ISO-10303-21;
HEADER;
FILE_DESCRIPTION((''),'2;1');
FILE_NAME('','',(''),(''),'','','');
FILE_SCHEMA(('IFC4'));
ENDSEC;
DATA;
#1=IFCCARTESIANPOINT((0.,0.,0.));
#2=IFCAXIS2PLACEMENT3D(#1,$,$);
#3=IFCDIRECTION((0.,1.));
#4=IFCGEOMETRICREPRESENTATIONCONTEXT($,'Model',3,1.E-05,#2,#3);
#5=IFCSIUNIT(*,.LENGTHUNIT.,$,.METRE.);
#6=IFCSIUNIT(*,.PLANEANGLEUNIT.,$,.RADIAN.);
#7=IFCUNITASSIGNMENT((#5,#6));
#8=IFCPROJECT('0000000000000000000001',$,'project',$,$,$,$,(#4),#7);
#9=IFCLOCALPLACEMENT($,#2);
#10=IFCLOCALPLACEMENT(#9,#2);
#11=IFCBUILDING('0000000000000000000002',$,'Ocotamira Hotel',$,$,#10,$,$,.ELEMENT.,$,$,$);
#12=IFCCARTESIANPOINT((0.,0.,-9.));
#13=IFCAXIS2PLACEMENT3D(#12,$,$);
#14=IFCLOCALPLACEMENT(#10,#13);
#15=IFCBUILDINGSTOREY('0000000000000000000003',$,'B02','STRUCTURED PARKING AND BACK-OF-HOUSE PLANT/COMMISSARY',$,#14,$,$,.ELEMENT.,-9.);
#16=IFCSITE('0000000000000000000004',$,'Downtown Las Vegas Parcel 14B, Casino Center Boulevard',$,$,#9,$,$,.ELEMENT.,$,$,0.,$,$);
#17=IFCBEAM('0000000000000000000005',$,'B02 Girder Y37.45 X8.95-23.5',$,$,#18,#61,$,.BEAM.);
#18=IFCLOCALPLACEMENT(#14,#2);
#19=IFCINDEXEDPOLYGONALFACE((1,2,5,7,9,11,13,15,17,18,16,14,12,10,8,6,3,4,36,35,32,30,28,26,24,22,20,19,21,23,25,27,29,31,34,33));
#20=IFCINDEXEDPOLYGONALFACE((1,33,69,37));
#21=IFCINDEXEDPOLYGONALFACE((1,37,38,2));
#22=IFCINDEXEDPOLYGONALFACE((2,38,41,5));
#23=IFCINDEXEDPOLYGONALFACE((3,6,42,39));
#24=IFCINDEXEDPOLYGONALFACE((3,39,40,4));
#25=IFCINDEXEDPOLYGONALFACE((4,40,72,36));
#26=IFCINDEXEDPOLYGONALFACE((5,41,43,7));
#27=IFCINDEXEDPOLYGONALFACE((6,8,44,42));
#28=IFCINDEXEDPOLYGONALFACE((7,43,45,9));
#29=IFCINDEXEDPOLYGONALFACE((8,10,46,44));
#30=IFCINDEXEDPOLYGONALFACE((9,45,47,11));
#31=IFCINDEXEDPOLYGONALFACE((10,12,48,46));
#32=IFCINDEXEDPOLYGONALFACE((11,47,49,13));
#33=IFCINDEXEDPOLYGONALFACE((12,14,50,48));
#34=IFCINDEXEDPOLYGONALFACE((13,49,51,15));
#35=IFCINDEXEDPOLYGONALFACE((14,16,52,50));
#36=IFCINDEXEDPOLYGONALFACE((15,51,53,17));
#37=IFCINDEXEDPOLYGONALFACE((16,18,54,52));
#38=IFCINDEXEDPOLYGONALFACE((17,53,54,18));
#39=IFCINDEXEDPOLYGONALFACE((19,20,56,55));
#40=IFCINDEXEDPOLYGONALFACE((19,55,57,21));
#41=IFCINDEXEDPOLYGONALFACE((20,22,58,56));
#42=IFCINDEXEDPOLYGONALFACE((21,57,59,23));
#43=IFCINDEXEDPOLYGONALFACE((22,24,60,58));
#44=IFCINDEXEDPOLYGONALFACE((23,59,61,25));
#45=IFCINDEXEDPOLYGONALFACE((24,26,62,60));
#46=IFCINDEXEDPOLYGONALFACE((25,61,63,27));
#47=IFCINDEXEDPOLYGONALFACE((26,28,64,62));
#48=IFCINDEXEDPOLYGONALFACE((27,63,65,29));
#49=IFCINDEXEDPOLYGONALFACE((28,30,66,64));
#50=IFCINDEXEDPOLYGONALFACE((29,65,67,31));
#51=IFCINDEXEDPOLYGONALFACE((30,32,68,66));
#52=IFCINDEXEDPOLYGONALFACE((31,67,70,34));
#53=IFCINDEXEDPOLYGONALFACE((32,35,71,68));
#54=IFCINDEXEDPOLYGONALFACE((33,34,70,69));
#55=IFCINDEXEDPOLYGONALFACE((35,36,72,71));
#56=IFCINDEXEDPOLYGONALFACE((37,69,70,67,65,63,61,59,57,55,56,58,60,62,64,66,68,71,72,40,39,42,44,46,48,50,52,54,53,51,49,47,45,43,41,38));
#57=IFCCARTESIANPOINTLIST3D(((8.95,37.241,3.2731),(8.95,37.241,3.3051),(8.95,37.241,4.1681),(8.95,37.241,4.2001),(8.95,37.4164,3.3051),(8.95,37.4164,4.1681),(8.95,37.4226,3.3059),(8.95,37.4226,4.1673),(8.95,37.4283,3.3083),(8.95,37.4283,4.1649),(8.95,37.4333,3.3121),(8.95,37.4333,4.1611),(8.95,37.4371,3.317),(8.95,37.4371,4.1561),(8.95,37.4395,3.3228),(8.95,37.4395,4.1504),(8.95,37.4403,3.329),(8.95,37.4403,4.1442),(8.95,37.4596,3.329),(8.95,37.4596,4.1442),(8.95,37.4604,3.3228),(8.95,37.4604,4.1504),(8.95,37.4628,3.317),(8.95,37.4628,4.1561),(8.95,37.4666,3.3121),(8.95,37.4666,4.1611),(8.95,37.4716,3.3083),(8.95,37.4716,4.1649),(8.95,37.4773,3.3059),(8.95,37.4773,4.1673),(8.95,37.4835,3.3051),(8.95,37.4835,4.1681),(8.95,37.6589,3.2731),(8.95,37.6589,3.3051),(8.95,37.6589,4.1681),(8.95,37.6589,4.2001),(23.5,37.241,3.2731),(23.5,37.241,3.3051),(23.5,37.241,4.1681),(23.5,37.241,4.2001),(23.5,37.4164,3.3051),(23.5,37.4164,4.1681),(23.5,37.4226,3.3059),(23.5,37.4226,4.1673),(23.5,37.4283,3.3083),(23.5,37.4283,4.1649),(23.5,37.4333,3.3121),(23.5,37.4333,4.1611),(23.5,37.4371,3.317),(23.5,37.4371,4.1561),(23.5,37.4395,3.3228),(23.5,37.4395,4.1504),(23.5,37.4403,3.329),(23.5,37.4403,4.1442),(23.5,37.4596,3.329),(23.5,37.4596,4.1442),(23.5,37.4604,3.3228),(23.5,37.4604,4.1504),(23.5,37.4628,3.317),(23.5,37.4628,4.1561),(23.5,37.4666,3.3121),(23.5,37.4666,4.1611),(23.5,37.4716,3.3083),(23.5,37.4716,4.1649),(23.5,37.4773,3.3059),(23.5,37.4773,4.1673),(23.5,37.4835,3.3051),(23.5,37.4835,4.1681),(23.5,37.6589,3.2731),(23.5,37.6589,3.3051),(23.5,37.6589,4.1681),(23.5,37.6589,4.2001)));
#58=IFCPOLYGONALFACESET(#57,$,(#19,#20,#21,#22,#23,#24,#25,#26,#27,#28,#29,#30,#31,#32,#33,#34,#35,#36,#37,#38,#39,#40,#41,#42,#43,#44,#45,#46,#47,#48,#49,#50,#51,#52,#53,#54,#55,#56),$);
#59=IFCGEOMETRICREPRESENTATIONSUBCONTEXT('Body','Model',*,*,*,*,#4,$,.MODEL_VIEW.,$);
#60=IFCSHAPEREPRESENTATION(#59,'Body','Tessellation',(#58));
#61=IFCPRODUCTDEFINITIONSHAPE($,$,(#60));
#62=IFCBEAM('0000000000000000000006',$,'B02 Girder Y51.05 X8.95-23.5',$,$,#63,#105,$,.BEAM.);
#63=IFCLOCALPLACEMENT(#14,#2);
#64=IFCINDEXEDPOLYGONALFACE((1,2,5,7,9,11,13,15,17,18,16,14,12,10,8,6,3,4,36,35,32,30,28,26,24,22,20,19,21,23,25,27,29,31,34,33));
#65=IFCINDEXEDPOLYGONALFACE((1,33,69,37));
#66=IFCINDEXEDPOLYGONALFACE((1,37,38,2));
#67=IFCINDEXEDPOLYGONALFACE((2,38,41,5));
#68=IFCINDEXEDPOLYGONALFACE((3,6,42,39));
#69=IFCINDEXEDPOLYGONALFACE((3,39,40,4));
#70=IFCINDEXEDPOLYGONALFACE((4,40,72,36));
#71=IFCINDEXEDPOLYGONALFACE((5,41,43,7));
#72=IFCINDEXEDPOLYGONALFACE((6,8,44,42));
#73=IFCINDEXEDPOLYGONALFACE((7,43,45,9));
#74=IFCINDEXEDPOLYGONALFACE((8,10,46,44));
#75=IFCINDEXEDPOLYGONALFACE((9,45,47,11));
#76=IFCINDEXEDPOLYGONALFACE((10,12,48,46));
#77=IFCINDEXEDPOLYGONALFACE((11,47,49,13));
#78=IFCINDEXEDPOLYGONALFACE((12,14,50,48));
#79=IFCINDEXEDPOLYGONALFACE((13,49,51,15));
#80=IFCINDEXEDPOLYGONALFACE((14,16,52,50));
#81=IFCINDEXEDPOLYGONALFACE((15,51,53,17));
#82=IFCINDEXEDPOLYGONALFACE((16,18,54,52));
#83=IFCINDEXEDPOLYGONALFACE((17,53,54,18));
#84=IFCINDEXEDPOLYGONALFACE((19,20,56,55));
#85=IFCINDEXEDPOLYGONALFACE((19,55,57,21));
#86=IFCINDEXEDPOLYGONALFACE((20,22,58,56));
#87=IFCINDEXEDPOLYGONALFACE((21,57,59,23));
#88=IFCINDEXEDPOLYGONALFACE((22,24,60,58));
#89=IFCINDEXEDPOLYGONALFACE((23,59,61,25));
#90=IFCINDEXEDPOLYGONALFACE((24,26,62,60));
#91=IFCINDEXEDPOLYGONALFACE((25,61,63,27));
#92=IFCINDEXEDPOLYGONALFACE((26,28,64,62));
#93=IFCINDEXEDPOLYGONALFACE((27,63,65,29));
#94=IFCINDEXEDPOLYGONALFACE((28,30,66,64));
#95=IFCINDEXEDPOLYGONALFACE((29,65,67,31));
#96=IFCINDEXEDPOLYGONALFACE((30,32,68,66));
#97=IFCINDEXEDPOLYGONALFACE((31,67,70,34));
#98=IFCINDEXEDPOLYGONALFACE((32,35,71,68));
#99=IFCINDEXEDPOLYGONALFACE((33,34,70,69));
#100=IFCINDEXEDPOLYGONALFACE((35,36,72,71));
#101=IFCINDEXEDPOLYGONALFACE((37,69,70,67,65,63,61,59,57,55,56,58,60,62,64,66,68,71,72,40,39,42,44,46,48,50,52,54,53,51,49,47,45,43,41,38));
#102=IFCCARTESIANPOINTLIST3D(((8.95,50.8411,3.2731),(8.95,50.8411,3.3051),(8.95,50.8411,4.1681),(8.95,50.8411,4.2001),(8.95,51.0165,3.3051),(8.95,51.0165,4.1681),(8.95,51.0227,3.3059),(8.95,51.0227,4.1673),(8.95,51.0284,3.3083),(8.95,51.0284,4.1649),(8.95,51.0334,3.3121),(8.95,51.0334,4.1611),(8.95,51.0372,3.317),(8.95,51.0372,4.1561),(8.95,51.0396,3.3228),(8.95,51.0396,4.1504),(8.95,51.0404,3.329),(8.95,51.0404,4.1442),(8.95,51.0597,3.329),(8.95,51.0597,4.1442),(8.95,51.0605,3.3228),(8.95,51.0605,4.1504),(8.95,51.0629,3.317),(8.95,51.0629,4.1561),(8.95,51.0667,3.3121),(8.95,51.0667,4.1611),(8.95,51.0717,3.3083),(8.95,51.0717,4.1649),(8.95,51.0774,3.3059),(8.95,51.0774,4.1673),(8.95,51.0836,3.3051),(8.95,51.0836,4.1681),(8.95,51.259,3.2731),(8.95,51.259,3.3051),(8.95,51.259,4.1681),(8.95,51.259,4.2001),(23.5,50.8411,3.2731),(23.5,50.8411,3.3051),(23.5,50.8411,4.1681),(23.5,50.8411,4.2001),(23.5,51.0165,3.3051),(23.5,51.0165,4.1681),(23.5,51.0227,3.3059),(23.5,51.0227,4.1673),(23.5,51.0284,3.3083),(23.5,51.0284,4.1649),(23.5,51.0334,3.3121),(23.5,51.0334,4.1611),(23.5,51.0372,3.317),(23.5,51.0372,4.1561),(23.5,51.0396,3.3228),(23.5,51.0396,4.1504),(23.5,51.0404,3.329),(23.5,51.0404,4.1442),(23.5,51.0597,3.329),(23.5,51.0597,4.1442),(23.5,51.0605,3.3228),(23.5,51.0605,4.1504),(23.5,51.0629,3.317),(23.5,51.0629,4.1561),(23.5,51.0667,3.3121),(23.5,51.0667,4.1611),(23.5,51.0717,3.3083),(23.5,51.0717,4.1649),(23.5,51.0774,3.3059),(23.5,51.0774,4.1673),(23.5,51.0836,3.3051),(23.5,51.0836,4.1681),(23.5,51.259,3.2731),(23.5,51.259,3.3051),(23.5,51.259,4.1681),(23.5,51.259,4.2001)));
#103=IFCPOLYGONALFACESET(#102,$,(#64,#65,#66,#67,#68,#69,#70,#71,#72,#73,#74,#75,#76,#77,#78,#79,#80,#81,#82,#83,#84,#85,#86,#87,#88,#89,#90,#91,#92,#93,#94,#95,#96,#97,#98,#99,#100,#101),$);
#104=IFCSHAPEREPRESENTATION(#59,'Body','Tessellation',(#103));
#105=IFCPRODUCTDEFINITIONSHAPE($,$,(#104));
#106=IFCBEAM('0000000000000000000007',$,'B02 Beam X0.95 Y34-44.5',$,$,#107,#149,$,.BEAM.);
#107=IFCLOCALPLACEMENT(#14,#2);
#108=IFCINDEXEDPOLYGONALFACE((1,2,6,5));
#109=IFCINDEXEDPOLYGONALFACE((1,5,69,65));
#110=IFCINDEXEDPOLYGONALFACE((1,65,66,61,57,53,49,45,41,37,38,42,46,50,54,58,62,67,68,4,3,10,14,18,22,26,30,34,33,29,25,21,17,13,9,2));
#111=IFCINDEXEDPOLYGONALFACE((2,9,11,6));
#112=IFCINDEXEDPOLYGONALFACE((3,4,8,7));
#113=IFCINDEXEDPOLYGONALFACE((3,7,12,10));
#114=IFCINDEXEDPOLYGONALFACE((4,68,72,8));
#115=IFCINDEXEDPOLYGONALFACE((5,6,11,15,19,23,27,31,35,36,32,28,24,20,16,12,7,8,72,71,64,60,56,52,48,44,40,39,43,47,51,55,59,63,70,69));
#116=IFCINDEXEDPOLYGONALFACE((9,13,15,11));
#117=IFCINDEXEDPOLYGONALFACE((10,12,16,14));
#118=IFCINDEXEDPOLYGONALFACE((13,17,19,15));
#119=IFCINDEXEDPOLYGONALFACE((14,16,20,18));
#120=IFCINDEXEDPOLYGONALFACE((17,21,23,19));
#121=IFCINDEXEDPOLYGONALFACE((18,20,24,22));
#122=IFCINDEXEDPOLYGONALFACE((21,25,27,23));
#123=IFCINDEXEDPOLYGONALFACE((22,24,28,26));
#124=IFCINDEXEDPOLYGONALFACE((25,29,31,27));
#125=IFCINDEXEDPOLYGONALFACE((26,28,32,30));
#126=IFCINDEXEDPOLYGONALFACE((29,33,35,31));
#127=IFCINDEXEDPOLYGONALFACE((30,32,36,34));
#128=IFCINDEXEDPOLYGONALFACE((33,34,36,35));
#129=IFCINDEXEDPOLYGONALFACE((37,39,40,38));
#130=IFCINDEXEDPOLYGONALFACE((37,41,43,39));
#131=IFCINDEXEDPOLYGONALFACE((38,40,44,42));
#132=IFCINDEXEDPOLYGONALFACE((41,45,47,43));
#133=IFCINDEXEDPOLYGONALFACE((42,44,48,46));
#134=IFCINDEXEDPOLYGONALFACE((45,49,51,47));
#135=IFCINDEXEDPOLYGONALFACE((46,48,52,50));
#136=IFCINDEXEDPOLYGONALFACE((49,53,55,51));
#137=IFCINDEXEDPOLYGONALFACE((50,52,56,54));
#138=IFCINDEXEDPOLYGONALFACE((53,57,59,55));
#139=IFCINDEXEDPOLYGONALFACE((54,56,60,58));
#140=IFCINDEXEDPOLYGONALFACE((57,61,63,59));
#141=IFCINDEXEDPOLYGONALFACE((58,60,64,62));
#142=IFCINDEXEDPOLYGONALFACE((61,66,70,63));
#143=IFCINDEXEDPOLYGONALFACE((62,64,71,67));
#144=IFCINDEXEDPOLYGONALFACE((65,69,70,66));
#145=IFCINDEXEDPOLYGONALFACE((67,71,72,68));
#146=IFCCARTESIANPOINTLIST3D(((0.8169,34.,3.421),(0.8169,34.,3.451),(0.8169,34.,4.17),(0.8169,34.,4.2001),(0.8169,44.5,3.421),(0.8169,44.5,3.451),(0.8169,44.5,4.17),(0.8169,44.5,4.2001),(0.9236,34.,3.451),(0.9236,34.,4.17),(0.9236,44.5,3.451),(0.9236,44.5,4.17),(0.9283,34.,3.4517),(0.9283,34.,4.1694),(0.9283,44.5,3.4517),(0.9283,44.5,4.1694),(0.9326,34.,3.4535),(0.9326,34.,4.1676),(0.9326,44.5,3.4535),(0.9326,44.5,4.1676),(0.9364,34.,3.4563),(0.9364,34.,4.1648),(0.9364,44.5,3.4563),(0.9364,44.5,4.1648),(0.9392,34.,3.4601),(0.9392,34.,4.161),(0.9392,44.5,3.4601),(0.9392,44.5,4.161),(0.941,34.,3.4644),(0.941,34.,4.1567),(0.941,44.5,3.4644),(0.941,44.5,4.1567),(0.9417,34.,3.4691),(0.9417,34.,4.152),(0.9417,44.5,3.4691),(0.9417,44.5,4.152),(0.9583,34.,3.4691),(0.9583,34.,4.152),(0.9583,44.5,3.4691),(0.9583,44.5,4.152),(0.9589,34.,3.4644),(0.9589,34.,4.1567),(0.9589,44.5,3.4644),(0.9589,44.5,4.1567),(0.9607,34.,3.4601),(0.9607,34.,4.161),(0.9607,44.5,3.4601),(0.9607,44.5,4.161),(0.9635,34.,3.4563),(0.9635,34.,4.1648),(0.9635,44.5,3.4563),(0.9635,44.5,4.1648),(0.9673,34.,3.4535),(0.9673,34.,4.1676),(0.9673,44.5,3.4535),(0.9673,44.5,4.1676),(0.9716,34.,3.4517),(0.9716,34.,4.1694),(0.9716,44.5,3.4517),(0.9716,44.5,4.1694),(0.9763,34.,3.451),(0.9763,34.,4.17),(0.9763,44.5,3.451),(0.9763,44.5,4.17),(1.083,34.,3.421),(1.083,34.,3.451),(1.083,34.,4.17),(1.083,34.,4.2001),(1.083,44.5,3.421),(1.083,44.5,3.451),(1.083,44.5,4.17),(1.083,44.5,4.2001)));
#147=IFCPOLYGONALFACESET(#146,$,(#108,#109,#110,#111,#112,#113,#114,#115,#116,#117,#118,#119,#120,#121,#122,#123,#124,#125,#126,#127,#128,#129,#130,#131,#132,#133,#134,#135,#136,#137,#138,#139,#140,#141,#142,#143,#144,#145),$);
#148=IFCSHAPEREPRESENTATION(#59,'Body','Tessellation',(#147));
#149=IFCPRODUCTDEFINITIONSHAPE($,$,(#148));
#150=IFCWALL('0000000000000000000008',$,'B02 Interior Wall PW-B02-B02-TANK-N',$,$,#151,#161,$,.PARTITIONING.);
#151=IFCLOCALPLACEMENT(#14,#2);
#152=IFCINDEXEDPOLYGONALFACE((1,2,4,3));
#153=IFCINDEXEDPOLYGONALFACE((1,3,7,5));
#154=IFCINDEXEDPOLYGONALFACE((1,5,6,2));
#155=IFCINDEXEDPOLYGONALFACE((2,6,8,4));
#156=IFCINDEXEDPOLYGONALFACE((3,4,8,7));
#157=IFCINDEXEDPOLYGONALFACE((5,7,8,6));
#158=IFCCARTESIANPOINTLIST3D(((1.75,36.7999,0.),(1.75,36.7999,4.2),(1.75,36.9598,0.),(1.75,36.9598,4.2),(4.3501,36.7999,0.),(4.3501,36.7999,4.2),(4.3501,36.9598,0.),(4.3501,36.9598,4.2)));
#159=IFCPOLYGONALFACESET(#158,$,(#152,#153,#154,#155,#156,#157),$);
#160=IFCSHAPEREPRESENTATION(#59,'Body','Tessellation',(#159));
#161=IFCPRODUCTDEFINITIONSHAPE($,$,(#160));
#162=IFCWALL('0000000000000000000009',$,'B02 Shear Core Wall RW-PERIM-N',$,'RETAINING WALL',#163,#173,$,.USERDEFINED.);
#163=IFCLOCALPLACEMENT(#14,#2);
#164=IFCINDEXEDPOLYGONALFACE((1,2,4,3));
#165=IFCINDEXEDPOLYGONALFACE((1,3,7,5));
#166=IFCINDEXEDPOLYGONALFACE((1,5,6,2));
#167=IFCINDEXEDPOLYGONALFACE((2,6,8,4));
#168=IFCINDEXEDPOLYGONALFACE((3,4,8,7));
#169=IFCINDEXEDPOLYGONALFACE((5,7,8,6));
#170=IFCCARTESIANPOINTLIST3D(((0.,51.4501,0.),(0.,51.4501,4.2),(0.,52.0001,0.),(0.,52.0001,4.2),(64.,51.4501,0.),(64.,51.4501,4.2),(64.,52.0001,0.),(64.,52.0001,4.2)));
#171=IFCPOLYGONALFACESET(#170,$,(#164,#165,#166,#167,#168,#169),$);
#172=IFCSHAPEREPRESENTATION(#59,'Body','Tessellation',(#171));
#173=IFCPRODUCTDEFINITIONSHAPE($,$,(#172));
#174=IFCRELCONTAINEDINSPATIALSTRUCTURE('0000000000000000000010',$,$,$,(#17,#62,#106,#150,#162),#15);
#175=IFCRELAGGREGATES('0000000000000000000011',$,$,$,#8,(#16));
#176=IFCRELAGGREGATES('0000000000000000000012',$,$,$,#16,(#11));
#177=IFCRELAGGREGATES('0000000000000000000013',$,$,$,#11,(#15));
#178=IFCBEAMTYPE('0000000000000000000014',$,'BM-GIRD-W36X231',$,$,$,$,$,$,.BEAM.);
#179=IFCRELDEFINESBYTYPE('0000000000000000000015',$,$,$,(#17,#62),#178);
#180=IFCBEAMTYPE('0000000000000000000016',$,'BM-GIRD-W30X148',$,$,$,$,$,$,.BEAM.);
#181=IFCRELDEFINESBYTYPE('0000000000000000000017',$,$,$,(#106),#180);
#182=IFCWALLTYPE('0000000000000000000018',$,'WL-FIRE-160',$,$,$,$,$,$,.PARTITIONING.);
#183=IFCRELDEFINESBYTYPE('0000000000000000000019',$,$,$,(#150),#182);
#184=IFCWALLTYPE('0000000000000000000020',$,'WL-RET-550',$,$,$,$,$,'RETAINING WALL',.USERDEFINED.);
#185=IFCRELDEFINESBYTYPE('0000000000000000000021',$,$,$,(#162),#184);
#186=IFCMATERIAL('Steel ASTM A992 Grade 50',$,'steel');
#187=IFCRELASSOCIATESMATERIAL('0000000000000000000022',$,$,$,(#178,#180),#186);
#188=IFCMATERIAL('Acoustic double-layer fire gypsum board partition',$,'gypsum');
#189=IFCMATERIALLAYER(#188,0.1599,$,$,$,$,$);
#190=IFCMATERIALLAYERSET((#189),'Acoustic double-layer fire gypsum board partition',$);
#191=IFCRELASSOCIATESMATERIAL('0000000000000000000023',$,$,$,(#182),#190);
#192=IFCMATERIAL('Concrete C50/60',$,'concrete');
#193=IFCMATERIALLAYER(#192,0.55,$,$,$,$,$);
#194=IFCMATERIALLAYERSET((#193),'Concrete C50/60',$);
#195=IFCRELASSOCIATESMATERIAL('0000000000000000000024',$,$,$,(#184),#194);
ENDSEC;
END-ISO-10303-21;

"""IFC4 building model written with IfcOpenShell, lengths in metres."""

from ifc_helpers import new_model, si_unit, direction, frame, frame_2d, origin, origin_2d, place, context, subcontext, project, spatial, rectangle, i_section, extrude, source, transform, mapped, material, layer, layer_set, material_profile, profile_set, type_object, element, save


model = new_model("IFC4")

# Units and contexts
model_context = context("Model", 3, precision=1e-05, world=origin(), true_north=direction((0.0, 1.0)))
body_context = subcontext(model_context, "Body", "Model", "MODEL_VIEW")
ifc_project = project(units=[si_unit("LENGTHUNIT", "METRE"), si_unit("PLANEANGLEUNIT", "RADIAN")], contexts=[model_context])

# Site, building, storey
site_placement = place(None, origin())
site = spatial("IfcSite", under=ifc_project, at=site_placement, Name="Downtown Las Vegas Parcel 14B, Casino Center Boulevard", CompositionType="ELEMENT", RefElevation=0.0)
building_placement = place(site_placement, origin())
building = spatial("IfcBuilding", under=site, at=building_placement, Name="Ocotamira Hotel", CompositionType="ELEMENT")
storey_placement = place(building_placement, frame((0.0, 0.0, -9.0)))
storey = spatial("IfcBuildingStorey", under=building, at=storey_placement, Name="B02", Description="STRUCTURED PARKING AND BACK-OF-HOUSE PLANT/COMMISSARY", CompositionType="ELEMENT", Elevation=-9.0)

# Shared definitions
ifc_material_1 = material(Name="Concrete C50/60", Category="concrete")

# Beams
ifc_material_2 = material(Name="Steel ASTM A992 Grade 50", Category="steel")
ifc_material_profile_1 = material_profile(ifc_material_2, i_section(OverallWidth=0.418, OverallDepth=0.927, WebThickness=0.0193, FlangeThickness=0.032, FilletRadius=0.0239, at=origin_2d()), Name="W36X231")
ifc_profile_set_1 = profile_set([ifc_material_profile_1], Name="Steel ASTM A992 Grade 50")
beam_type_1 = type_object("IfcBeamType", Name="BM-GIRD-W36X231", PredefinedType="BEAM", material=ifc_profile_set_1)
shared_shape_1 = source(origin(), body_context, "Body", "SweptSolid", [
    extrude(i_section(OverallWidth=0.418, OverallDepth=0.927, WebThickness=0.0193, FlangeThickness=0.032, FilletRadius=0.0239, at=origin_2d()), origin(), (0.0, 0.0, 1.0), 14.55),
])
for number, where, z_axis, x_axis, name in (
    (1, (8.95, 37.45, 3.7366), (1.0, 0.0, 0.0), (0.0, 1.0, 0.0), "B02 Girder Y37.45 X8.95-23.5"),
    (2, (8.95, 51.05, 3.7366), (1.0, 0.0, 0.0), (0.0, 1.0, 0.0), "B02 Girder Y51.05 X8.95-23.5"),
):
    element("IfcBeam", number, at=place(storey_placement, frame(where, z_axis=z_axis, x_axis=x_axis)), inside=storey, type_object=beam_type_1, Name=name, PredefinedType="BEAM", context=body_context, shape_type="MappedRepresentation", body=[
        mapped(shared_shape_1, transform((0.0, 0.0, 0.0), scale=1.0)),
    ])
ifc_material_profile_2 = material_profile(ifc_material_2, i_section(OverallWidth=0.2661, OverallDepth=0.7791, WebThickness=0.0166, FlangeThickness=0.03, FilletRadius=0.0181, at=origin_2d()), Name="W30X148")
ifc_profile_set_2 = profile_set([ifc_material_profile_2], Name="Steel ASTM A992 Grade 50")
beam_type_2 = type_object("IfcBeamType", Name="BM-GIRD-W30X148", PredefinedType="BEAM", material=ifc_profile_set_2)
shared_shape_2 = source(origin(), body_context, "Body", "SweptSolid", [
    extrude(i_section(OverallWidth=0.2661, OverallDepth=0.7791, WebThickness=0.0166, FlangeThickness=0.03, FilletRadius=0.0181, at=origin_2d()), origin(), (0.0, 0.0, 1.0), 10.5),
])
beam_placement = place(storey_placement, frame((0.95, 34.0, 3.8105), z_axis=(0.0, 1.0, 0.0), x_axis=(-1.0, 0.0, 0.0)))
element("IfcBeam", 3, at=beam_placement, inside=storey, type_object=beam_type_2, Name="B02 Beam X0.95 Y34-44.5", PredefinedType="BEAM", context=body_context, shape_type="MappedRepresentation", body=[
    mapped(shared_shape_2, transform((0.0, 0.0, 0.0), scale=1.0)),
])

# Walls
ifc_material_3 = material(Name="Acoustic double-layer fire gypsum board partition", Category="gypsum")
ifc_layer_1 = layer(ifc_material_3, 0.1599)
ifc_layer_set_1 = layer_set([ifc_layer_1], Name="Acoustic double-layer fire gypsum board partition")
wall_type_1 = type_object("IfcWallType", Name="WL-FIRE-160", PredefinedType="PARTITIONING", material=ifc_layer_set_1)
wall_1_placement = place(storey_placement, frame((1.75, 36.8799, 0.0), z_axis=(0.0, 0.0, 1.0), x_axis=(1.0, 0.0, 0.0)))
element("IfcWall", 4, at=wall_1_placement, inside=storey, type_object=wall_type_1, Name="B02 Interior Wall PW-B02-B02-TANK-N", PredefinedType="PARTITIONING", context=body_context, shape_type="SweptSolid", body=[
    extrude(rectangle(XDim=2.6001, YDim=0.1599, at=frame_2d((1.3, 0.0))), origin(), (0.0, 0.0, 1.0), 4.2),
])
ifc_layer_2 = layer(ifc_material_1, 0.55)
ifc_layer_set_2 = layer_set([ifc_layer_2], Name="Concrete C50/60")
wall_type_2 = type_object("IfcWallType", Name="WL-RET-550", ElementType="RETAINING WALL", PredefinedType="USERDEFINED", material=ifc_layer_set_2)
wall_2_placement = place(storey_placement, frame((0.0, 51.7251, 0.0), z_axis=(0.0, 0.0, 1.0), x_axis=(1.0, 0.0, 0.0)))
element("IfcWall", 5, at=wall_2_placement, inside=storey, type_object=wall_type_2, Name="B02 Shear Core Wall RW-PERIM-N", ObjectType="RETAINING WALL", PredefinedType="USERDEFINED", context=body_context, shape_type="SweptSolid", body=[
    extrude(rectangle(XDim=64.0, YDim=0.55, at=frame_2d((32.0, 0.0))), origin(), (0.0, 0.0, 1.0), 4.2),
])

save(model, "model.ifc")
